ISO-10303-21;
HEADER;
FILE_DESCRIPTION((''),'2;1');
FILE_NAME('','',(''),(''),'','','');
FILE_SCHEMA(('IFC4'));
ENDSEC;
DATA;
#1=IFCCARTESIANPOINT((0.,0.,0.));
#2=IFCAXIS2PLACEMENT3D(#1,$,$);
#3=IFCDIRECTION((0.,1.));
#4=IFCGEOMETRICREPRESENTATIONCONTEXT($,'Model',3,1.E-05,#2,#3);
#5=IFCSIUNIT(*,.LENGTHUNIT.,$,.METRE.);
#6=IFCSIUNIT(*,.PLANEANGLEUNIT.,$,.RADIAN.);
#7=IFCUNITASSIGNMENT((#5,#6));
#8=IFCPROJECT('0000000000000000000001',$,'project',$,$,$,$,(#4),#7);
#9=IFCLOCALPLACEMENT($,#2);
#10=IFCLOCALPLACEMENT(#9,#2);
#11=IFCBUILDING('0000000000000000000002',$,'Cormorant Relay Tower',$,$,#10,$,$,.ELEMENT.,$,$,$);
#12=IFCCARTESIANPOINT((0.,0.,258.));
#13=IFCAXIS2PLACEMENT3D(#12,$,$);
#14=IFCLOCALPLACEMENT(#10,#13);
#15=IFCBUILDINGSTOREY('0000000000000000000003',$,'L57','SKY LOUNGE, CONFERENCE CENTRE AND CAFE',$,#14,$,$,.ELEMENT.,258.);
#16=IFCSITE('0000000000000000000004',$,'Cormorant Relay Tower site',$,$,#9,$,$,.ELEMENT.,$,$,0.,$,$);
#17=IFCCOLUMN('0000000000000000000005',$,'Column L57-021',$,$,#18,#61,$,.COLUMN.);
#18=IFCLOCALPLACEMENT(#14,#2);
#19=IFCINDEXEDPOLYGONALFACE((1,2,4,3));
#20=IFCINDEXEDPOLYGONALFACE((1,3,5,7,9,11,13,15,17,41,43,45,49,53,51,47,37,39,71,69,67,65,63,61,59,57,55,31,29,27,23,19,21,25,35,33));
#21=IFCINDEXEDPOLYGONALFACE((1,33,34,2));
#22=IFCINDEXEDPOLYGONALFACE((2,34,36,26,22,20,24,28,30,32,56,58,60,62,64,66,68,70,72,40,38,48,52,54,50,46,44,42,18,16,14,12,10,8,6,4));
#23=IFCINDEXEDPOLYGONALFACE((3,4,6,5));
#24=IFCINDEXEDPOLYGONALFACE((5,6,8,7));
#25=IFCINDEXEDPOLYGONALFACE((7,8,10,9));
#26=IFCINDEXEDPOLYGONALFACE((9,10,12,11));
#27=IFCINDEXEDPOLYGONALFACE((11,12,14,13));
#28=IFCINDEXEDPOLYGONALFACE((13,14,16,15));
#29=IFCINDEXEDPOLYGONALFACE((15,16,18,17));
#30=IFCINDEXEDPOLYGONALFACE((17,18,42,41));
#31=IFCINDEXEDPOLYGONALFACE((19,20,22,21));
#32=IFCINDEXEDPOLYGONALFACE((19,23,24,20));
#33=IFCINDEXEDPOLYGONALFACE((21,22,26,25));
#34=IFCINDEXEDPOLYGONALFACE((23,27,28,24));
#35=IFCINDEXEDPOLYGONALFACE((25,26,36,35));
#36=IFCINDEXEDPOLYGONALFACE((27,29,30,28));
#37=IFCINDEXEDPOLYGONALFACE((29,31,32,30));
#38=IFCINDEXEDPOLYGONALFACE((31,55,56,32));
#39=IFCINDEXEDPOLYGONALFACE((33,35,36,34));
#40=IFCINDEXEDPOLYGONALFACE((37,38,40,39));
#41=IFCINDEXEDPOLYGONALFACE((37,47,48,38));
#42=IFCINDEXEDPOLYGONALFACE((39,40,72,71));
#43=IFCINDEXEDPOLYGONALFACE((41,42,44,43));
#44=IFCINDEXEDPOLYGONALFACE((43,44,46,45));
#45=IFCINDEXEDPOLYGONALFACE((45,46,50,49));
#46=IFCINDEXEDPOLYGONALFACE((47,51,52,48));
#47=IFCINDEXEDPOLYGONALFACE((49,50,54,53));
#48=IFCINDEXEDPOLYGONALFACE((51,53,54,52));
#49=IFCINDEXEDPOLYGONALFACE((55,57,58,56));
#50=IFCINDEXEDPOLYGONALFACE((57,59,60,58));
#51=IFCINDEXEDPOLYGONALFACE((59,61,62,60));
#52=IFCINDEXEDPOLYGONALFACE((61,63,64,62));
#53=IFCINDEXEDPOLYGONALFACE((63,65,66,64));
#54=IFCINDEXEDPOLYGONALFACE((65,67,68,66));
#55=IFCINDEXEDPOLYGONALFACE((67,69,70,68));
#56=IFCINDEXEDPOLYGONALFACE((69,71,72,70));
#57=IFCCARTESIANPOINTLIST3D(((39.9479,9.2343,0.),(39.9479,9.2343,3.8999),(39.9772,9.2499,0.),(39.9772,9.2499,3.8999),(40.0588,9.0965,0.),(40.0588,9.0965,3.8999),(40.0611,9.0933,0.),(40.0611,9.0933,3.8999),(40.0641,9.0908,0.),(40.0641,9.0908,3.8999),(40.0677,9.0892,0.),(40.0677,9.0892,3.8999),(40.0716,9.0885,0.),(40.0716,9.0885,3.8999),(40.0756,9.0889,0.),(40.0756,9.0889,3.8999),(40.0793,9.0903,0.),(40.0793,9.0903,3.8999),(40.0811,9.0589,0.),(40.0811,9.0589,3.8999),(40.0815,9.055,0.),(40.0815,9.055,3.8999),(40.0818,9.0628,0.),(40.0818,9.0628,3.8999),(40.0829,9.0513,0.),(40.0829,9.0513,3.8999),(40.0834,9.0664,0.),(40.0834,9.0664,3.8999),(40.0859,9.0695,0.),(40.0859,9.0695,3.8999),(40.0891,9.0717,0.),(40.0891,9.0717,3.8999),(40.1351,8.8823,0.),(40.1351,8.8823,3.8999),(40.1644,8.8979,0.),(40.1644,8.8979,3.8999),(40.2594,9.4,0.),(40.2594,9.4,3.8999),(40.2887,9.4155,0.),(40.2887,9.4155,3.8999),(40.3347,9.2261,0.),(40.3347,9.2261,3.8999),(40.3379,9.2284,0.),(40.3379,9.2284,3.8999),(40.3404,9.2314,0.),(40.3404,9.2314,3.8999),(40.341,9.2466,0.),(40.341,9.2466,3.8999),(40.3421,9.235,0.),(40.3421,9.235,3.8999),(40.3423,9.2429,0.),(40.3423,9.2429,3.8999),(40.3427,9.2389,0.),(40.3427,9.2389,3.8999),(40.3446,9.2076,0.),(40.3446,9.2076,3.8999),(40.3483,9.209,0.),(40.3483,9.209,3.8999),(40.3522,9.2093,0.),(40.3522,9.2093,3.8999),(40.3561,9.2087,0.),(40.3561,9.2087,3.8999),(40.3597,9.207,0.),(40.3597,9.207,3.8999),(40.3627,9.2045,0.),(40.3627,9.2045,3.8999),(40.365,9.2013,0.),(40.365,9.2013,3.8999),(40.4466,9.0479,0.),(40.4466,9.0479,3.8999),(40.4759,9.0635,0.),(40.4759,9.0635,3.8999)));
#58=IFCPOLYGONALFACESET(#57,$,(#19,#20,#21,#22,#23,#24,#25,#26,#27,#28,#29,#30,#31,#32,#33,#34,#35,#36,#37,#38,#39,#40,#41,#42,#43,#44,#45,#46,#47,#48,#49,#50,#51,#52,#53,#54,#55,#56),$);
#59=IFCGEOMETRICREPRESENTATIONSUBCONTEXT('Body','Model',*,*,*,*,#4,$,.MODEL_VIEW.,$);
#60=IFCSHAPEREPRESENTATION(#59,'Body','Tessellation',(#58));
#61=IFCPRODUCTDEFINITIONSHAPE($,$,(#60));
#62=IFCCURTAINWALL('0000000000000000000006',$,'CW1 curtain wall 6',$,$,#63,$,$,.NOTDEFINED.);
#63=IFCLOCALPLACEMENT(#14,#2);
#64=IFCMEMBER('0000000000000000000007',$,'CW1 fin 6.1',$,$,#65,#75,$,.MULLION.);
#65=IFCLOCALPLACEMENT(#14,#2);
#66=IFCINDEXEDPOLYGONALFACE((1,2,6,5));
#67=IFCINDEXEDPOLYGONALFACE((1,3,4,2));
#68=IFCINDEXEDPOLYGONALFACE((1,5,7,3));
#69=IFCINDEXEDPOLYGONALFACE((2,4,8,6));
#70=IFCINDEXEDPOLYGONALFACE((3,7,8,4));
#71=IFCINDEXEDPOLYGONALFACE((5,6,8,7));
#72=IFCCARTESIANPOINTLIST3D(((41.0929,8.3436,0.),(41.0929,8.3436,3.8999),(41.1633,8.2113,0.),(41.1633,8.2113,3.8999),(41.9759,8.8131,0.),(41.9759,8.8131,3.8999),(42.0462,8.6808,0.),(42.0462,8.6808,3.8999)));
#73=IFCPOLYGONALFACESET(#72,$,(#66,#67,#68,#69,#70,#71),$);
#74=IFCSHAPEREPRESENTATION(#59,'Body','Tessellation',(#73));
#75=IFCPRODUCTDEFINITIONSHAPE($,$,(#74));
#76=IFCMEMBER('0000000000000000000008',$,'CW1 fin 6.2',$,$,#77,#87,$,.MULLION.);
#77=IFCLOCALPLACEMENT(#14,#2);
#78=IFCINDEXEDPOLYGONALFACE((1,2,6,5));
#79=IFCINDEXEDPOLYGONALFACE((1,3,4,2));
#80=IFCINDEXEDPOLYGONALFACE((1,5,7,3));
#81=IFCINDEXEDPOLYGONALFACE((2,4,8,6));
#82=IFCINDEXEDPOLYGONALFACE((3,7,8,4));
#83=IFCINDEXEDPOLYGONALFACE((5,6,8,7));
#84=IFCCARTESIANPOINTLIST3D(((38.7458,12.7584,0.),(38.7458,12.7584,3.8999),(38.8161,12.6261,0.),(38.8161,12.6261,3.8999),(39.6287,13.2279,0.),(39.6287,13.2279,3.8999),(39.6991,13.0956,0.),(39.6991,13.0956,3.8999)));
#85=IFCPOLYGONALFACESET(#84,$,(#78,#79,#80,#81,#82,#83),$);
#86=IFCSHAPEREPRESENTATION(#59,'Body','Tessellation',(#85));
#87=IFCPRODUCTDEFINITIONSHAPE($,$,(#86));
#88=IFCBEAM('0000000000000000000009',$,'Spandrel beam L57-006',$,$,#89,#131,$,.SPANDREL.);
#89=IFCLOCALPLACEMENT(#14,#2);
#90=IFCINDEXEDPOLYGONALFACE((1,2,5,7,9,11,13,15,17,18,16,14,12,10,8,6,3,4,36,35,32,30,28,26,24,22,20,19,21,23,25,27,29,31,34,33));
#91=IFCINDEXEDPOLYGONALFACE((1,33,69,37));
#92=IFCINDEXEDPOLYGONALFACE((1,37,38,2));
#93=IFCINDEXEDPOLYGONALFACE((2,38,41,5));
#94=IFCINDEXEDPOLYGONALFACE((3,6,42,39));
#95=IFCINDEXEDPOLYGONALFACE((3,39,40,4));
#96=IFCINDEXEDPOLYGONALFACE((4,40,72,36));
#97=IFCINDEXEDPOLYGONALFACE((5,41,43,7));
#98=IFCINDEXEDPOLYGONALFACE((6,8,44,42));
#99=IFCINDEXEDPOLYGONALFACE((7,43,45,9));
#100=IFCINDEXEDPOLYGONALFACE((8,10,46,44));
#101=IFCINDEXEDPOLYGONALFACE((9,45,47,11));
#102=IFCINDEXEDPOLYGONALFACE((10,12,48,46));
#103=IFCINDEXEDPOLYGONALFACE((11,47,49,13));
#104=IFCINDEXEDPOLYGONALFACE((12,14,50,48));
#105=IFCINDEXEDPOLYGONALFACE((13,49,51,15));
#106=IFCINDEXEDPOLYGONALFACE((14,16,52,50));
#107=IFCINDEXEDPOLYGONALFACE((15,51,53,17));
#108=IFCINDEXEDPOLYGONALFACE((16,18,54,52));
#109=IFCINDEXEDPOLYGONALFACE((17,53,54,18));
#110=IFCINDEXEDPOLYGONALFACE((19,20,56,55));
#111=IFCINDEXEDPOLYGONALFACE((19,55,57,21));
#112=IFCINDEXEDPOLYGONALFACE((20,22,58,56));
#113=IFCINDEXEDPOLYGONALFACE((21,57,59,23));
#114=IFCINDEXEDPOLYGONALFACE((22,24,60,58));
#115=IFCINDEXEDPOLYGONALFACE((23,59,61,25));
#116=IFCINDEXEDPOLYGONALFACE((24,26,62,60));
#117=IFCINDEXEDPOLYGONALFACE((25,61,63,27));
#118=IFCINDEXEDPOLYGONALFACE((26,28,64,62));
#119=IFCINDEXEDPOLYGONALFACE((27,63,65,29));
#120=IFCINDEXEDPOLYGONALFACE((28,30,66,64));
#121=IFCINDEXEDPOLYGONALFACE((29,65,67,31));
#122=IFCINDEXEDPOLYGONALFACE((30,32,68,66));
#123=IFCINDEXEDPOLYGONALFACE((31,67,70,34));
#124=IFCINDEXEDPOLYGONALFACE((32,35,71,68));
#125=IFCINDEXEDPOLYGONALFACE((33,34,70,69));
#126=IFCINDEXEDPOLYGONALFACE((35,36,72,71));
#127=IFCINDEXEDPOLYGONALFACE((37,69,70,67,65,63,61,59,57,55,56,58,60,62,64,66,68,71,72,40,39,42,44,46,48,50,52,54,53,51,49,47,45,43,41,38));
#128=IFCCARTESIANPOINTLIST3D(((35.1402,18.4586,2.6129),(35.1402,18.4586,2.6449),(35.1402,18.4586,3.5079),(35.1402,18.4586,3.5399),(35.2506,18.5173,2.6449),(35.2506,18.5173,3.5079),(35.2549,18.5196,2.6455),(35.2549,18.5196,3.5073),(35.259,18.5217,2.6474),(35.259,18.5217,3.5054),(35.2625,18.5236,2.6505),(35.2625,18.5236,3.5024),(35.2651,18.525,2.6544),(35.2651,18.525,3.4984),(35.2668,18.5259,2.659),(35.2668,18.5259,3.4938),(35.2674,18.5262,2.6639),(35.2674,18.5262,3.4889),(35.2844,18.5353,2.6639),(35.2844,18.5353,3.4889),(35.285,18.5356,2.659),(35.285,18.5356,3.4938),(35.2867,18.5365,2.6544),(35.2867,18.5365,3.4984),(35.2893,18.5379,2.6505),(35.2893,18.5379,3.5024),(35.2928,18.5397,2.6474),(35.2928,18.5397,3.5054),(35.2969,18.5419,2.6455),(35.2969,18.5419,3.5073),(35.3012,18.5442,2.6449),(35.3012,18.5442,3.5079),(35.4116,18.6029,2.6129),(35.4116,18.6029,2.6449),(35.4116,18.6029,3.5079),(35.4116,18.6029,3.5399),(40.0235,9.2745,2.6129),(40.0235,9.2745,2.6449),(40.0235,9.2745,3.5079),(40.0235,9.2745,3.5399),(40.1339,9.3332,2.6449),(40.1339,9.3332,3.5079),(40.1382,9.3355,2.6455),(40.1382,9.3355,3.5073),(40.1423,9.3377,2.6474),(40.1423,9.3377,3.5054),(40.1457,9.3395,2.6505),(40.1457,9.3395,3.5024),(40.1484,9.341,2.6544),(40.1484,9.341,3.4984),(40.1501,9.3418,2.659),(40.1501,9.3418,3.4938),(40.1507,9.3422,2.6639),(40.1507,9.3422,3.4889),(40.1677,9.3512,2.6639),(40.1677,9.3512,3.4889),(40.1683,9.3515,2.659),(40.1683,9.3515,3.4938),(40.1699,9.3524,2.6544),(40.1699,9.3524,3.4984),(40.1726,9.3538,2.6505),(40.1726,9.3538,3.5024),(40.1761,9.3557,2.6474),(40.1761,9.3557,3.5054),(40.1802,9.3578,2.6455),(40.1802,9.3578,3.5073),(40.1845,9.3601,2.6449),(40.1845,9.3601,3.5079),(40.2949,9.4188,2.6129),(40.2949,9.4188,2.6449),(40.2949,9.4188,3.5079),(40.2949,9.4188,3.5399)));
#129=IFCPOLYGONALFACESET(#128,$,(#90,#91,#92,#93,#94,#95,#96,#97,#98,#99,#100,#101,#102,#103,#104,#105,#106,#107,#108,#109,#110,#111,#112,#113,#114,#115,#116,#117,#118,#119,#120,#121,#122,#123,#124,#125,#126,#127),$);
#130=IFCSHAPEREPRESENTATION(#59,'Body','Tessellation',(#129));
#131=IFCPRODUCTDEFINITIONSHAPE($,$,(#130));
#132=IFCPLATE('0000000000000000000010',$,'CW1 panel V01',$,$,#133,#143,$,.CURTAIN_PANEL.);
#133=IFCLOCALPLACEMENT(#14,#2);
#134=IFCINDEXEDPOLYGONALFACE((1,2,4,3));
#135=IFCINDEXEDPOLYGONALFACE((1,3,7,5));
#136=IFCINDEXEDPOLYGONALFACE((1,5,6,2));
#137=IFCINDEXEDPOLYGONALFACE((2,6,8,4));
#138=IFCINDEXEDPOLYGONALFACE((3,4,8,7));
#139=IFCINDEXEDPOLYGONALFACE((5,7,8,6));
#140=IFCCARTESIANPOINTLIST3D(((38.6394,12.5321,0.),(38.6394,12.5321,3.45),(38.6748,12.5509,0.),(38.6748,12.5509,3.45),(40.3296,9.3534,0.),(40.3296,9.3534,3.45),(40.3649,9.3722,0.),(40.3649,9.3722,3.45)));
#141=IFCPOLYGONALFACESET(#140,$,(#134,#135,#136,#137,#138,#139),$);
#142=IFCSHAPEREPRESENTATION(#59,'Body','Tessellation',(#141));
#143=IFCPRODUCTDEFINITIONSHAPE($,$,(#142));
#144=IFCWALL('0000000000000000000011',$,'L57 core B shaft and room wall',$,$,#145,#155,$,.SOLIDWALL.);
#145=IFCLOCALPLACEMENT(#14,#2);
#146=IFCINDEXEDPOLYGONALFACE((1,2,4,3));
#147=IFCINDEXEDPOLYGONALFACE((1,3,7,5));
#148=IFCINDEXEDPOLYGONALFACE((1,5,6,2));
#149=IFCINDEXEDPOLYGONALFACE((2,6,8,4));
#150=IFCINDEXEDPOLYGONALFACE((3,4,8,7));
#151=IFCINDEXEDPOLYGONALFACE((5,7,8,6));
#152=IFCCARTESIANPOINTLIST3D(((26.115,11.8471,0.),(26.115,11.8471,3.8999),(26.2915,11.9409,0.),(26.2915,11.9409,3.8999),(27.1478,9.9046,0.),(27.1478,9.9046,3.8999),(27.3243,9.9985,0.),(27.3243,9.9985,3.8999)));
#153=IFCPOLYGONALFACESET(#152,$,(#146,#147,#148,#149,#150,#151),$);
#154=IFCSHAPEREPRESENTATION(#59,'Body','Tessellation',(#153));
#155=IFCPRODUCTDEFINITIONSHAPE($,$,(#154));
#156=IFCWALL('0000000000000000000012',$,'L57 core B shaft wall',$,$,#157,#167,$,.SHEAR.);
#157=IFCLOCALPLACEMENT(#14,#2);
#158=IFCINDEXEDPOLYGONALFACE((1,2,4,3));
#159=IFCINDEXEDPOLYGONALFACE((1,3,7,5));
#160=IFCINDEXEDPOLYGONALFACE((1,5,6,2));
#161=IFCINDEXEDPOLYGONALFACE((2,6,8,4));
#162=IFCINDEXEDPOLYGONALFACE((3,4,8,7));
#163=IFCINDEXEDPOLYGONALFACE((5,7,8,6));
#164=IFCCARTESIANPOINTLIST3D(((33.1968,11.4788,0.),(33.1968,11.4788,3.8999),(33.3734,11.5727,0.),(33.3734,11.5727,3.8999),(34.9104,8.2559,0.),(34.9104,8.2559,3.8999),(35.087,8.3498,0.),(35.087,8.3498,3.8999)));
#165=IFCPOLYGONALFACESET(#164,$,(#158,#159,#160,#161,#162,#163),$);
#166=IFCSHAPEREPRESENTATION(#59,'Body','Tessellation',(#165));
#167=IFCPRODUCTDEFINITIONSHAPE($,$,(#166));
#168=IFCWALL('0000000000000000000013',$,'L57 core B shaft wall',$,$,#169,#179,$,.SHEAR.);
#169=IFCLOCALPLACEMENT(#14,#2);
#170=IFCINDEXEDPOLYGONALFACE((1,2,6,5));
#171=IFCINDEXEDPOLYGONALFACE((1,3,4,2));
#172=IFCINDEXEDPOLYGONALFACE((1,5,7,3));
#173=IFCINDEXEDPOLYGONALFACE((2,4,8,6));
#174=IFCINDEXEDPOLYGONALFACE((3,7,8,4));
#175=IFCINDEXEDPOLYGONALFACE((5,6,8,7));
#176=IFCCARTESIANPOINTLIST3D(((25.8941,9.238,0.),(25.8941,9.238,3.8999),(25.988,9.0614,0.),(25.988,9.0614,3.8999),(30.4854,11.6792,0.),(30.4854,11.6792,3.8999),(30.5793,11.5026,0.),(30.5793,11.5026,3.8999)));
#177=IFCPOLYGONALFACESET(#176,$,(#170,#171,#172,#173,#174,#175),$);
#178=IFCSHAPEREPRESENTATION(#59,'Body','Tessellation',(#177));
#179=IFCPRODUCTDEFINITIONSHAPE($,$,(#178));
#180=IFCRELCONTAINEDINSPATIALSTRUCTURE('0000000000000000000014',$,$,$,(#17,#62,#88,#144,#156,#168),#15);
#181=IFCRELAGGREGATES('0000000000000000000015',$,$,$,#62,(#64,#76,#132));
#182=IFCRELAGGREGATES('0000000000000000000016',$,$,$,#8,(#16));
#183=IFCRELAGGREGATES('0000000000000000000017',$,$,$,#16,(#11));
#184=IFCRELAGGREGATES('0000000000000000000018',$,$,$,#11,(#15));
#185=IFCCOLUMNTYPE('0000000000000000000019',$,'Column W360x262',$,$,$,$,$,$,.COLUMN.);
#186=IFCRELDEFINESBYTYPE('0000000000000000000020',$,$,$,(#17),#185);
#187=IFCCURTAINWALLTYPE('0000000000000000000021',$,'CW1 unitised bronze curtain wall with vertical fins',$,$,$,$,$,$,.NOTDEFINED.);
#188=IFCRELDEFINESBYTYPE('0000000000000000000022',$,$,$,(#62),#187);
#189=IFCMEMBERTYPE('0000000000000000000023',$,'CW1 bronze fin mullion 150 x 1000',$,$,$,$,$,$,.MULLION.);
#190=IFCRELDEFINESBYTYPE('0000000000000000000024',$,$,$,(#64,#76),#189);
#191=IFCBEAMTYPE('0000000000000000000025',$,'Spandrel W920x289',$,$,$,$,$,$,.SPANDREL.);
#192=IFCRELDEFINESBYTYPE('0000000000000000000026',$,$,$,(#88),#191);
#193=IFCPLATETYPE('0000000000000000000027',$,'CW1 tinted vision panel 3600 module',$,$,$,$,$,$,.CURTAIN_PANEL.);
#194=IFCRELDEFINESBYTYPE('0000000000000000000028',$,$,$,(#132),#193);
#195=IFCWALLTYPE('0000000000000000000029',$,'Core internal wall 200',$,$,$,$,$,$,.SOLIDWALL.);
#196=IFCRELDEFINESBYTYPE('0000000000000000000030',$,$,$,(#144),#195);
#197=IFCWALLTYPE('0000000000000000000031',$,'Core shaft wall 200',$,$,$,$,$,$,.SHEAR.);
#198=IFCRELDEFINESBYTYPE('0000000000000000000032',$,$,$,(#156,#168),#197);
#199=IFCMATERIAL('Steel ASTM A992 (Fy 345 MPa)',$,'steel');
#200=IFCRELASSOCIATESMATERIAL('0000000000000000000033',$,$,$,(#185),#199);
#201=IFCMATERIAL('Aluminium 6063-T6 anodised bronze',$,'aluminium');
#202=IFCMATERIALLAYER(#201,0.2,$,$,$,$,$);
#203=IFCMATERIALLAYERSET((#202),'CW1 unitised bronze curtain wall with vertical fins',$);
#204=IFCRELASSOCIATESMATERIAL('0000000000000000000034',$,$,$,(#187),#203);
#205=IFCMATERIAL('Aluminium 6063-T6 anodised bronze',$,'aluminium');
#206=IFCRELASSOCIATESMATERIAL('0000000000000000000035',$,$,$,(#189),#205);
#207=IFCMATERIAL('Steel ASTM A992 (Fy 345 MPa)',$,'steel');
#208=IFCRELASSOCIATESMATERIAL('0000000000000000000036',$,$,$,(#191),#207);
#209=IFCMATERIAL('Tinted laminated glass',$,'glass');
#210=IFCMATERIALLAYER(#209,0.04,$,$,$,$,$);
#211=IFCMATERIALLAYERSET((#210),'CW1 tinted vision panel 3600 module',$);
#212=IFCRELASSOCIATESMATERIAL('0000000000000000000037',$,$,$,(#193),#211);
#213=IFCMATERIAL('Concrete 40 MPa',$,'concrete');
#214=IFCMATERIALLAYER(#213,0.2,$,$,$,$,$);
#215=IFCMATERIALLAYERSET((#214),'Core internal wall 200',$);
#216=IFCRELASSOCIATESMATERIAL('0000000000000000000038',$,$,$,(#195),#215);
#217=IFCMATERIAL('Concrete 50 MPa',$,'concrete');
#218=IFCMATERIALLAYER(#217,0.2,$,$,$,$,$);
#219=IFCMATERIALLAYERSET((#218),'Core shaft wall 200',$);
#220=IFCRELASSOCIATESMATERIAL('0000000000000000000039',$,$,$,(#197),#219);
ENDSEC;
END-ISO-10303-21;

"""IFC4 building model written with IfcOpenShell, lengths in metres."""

from ifc_helpers import new_model, si_unit, direction, frame, frame_2d, origin, origin_2d, place, context, subcontext, project, spatial, rectangle, i_section, extrude, material, layer, layer_set, material_profile, profile_set, type_object, element, aggregate, save


model = new_model("IFC4")

# Units and contexts
model_context = context("Model", 3, precision=1e-05, world=origin(), true_north=direction((0.0, 1.0)))
body_context = subcontext(model_context, "Body", "Model", "MODEL_VIEW")
ifc_project = project(units=[si_unit("LENGTHUNIT", "METRE"), si_unit("PLANEANGLEUNIT", "RADIAN")], contexts=[model_context])

# Site, building, storey
site_placement = place(None, origin())
site = spatial("IfcSite", under=ifc_project, at=site_placement, Name="Cormorant Relay Tower site", CompositionType="ELEMENT", RefElevation=0.0)
building_placement = place(site_placement, origin())
building = spatial("IfcBuilding", under=site, at=building_placement, Name="Cormorant Relay Tower", CompositionType="ELEMENT")
storey_placement = place(building_placement, frame((0.0, 0.0, 258.0)))
storey = spatial("IfcBuildingStorey", under=building, at=storey_placement, Name="L57", Description="SKY LOUNGE, CONFERENCE CENTRE AND CAFE", CompositionType="ELEMENT", Elevation=258.0)

# Column
ifc_material_1 = material(Name="Steel ASTM A992 (Fy 345 MPa)", Category="steel")
ifc_material_profile_1 = material_profile(ifc_material_1, i_section(OverallWidth=0.3987, OverallDepth=0.386, WebThickness=0.021, FlangeThickness=0.0332, FilletRadius=0.0151, at=origin_2d()), Name="W360x262")
ifc_profile_set_1 = profile_set([ifc_material_profile_1], Name="Steel ASTM A992 (Fy 345 MPa)")
column_type = type_object("IfcColumnType", Name="Column W360x262", PredefinedType="COLUMN", material=ifc_profile_set_1)
column_placement = place(storey_placement, frame((40.2119, 9.1489, 0.0), z_axis=(0.0, 0.0, 1.0), x_axis=(-0.469472, 0.882948, 0.0)))
element("IfcColumn", 1, at=column_placement, inside=storey, type_object=column_type, Name="Column L57-021", PredefinedType="COLUMN", context=body_context, shape_type="SweptSolid", body=[
    extrude(i_section(OverallWidth=0.3987, OverallDepth=0.386, WebThickness=0.021, FlangeThickness=0.0332, FilletRadius=0.0151, at=origin_2d()), origin(), (0.0, 0.0, 1.0), 3.8999),
])

# Curtain wall, members
ifc_material_2 = material(Name="Aluminium 6063-T6 anodised bronze", Category="aluminium")
ifc_layer_1 = layer(ifc_material_2, 0.2)
ifc_layer_set_1 = layer_set([ifc_layer_1], Name="CW1 unitised bronze curtain wall with vertical fins")
curtain_wall_type = type_object("IfcCurtainWallType", Name="CW1 unitised bronze curtain wall with vertical fins", PredefinedType="NOTDEFINED", material=ifc_layer_set_1)
curtain_wall_placement = place(storey_placement, origin())
curtain_wall = element("IfcCurtainWall", 2, at=curtain_wall_placement, inside=storey, type_object=curtain_wall_type, Name="CW1 curtain wall 6", PredefinedType="NOTDEFINED")
ifc_material_3 = material(Name="Aluminium 6063-T6 anodised bronze", Category="aluminium")
ifc_material_profile_2 = material_profile(ifc_material_3, rectangle(XDim=0.1499, YDim=1.0, at=origin_2d()), Name="AL 150x1000")
ifc_profile_set_2 = profile_set([ifc_material_profile_2], Name="Aluminium 6063-T6 anodised bronze")
member_type = type_object("IfcMemberType", Name="CW1 bronze fin mullion 150 x 1000", PredefinedType="MULLION", material=ifc_profile_set_2)
member_1_placement = place(storey_placement, frame((41.5696, 8.5122, 0.0), z_axis=(0.0, 0.0, 1.0), x_axis=(-0.469472, 0.882948, 0.0)))
member_1 = element("IfcMember", 3, at=member_1_placement, type_object=member_type, Name="CW1 fin 6.1", PredefinedType="MULLION", context=body_context, shape_type="SweptSolid", body=[
    extrude(rectangle(XDim=0.1499, YDim=1.0, at=origin_2d()), origin(), (0.0, 0.0, 1.0), 3.8999),
])
member_2_placement = place(storey_placement, frame((39.2224, 12.927, 0.0), z_axis=(0.0, 0.0, 1.0), x_axis=(-0.469472, 0.882948, 0.0)))
member_2 = element("IfcMember", 4, at=member_2_placement, type_object=member_type, Name="CW1 fin 6.2", PredefinedType="MULLION", context=body_context, shape_type="SweptSolid", body=[
    extrude(rectangle(XDim=0.1499, YDim=1.0, at=origin_2d()), origin(), (0.0, 0.0, 1.0), 3.8999),
])

# Beam
ifc_material_4 = material(Name="Steel ASTM A992 (Fy 345 MPa)", Category="steel")
ifc_material_profile_3 = material_profile(ifc_material_4, i_section(OverallWidth=0.3074, OverallDepth=0.927, WebThickness=0.0193, FlangeThickness=0.032, FilletRadius=0.019, at=origin_2d()), Name="W920x289")
ifc_profile_set_3 = profile_set([ifc_material_profile_3], Name="Steel ASTM A992 (Fy 345 MPa)")
beam_type = type_object("IfcBeamType", Name="Spandrel W920x289", PredefinedType="SPANDREL", material=ifc_profile_set_3)
beam_placement = place(storey_placement, frame((40.1592, 9.3467, 3.0764), z_axis=(-0.469474, 0.882946, 0.0), x_axis=(-0.882946, -0.469474, 0.0)))
element("IfcBeam", 5, at=beam_placement, inside=storey, type_object=beam_type, Name="Spandrel beam L57-006", PredefinedType="SPANDREL", context=body_context, shape_type="SweptSolid", body=[
    extrude(i_section(OverallWidth=0.3074, OverallDepth=0.927, WebThickness=0.0193, FlangeThickness=0.032, FilletRadius=0.019, at=origin_2d()), origin(), (0.0, 0.0, 1.0), 10.4016),
])

# Plate
ifc_material_5 = material(Name="Tinted laminated glass", Category="glass")
ifc_layer_2 = layer(ifc_material_5, 0.04)
ifc_layer_set_2 = layer_set([ifc_layer_2], Name="CW1 tinted vision panel 3600 module")
plate_type = type_object("IfcPlateType", Name="CW1 tinted vision panel 3600 module", PredefinedType="CURTAIN_PANEL", material=ifc_layer_set_2)
plate_placement = place(storey_placement, frame((39.5022, 10.9521, 0.0), z_axis=(0.0, 0.0, 1.0), x_axis=(-0.469472, 0.882948, 0.0)))
plate = element("IfcPlate", 6, at=plate_placement, type_object=plate_type, Name="CW1 panel V01", PredefinedType="CURTAIN_PANEL", context=body_context, shape_type="SweptSolid", body=[
    extrude(rectangle(XDim=3.6001, YDim=0.04, at=origin_2d()), origin(), (0.0, 0.0, 1.0), 3.45),
])

# Walls
ifc_material_6 = material(Name="Concrete 40 MPa", Category="concrete")
ifc_layer_3 = layer(ifc_material_6, 0.2)
ifc_layer_set_3 = layer_set([ifc_layer_3], Name="Core internal wall 200")
wall_type_1 = type_object("IfcWallType", Name="Core internal wall 200", PredefinedType="SOLIDWALL", material=ifc_layer_set_3)
wall_1_placement = place(storey_placement, frame((27.2361, 9.9514, 0.0), z_axis=(0.0, 0.0, 1.0), x_axis=(-0.469447, 0.88296, 0.0)))
element("IfcWall", 7, at=wall_1_placement, inside=storey, type_object=wall_type_1, Name="L57 core B shaft and room wall", PredefinedType="SOLIDWALL", context=body_context, shape_type="SweptSolid", body=[
    extrude(rectangle(XDim=2.2, YDim=0.2, at=frame_2d((1.1001, 0.0))), origin(), (0.0, 0.0, 1.0), 3.8999),
])
ifc_material_7 = material(Name="Concrete 50 MPa", Category="concrete")
ifc_layer_4 = layer(ifc_material_7, 0.2)
ifc_layer_set_4 = layer_set([ifc_layer_4], Name="Core shaft wall 200")
wall_type_2 = type_object("IfcWallType", Name="Core shaft wall 200", PredefinedType="SHEAR", material=ifc_layer_set_4)
wall_2_placement = place(storey_placement, frame((34.9988, 8.3027, 0.0), z_axis=(0.0, 0.0, 1.0), x_axis=(-0.469467, 0.88295, 0.0)))
element("IfcWall", 8, at=wall_2_placement, inside=storey, type_object=wall_type_2, Name="L57 core B shaft wall", PredefinedType="SHEAR", context=body_context, shape_type="SweptSolid", body=[
    extrude(rectangle(XDim=3.6501, YDim=0.2, at=frame_2d((1.8252, 0.0))), origin(), (0.0, 0.0, 1.0), 3.8999),
])

# Wall
wall_3_placement = place(storey_placement, frame((25.9409, 9.1497, 0.0), z_axis=(0.0, 0.0, 1.0), x_axis=(0.882954, 0.46946, 0.0)))
element("IfcWall", 9, at=wall_3_placement, inside=storey, type_object=wall_type_2, Name="L57 core B shaft wall", PredefinedType="SHEAR", context=body_context, shape_type="SweptSolid", body=[
    extrude(rectangle(XDim=5.2, YDim=0.2, at=frame_2d((2.6001, 0.0))), origin(), (0.0, 0.0, 1.0), 3.8999),
])

aggregate(curtain_wall, [member_1, member_2, plate])

save(model, "model.ifc")
